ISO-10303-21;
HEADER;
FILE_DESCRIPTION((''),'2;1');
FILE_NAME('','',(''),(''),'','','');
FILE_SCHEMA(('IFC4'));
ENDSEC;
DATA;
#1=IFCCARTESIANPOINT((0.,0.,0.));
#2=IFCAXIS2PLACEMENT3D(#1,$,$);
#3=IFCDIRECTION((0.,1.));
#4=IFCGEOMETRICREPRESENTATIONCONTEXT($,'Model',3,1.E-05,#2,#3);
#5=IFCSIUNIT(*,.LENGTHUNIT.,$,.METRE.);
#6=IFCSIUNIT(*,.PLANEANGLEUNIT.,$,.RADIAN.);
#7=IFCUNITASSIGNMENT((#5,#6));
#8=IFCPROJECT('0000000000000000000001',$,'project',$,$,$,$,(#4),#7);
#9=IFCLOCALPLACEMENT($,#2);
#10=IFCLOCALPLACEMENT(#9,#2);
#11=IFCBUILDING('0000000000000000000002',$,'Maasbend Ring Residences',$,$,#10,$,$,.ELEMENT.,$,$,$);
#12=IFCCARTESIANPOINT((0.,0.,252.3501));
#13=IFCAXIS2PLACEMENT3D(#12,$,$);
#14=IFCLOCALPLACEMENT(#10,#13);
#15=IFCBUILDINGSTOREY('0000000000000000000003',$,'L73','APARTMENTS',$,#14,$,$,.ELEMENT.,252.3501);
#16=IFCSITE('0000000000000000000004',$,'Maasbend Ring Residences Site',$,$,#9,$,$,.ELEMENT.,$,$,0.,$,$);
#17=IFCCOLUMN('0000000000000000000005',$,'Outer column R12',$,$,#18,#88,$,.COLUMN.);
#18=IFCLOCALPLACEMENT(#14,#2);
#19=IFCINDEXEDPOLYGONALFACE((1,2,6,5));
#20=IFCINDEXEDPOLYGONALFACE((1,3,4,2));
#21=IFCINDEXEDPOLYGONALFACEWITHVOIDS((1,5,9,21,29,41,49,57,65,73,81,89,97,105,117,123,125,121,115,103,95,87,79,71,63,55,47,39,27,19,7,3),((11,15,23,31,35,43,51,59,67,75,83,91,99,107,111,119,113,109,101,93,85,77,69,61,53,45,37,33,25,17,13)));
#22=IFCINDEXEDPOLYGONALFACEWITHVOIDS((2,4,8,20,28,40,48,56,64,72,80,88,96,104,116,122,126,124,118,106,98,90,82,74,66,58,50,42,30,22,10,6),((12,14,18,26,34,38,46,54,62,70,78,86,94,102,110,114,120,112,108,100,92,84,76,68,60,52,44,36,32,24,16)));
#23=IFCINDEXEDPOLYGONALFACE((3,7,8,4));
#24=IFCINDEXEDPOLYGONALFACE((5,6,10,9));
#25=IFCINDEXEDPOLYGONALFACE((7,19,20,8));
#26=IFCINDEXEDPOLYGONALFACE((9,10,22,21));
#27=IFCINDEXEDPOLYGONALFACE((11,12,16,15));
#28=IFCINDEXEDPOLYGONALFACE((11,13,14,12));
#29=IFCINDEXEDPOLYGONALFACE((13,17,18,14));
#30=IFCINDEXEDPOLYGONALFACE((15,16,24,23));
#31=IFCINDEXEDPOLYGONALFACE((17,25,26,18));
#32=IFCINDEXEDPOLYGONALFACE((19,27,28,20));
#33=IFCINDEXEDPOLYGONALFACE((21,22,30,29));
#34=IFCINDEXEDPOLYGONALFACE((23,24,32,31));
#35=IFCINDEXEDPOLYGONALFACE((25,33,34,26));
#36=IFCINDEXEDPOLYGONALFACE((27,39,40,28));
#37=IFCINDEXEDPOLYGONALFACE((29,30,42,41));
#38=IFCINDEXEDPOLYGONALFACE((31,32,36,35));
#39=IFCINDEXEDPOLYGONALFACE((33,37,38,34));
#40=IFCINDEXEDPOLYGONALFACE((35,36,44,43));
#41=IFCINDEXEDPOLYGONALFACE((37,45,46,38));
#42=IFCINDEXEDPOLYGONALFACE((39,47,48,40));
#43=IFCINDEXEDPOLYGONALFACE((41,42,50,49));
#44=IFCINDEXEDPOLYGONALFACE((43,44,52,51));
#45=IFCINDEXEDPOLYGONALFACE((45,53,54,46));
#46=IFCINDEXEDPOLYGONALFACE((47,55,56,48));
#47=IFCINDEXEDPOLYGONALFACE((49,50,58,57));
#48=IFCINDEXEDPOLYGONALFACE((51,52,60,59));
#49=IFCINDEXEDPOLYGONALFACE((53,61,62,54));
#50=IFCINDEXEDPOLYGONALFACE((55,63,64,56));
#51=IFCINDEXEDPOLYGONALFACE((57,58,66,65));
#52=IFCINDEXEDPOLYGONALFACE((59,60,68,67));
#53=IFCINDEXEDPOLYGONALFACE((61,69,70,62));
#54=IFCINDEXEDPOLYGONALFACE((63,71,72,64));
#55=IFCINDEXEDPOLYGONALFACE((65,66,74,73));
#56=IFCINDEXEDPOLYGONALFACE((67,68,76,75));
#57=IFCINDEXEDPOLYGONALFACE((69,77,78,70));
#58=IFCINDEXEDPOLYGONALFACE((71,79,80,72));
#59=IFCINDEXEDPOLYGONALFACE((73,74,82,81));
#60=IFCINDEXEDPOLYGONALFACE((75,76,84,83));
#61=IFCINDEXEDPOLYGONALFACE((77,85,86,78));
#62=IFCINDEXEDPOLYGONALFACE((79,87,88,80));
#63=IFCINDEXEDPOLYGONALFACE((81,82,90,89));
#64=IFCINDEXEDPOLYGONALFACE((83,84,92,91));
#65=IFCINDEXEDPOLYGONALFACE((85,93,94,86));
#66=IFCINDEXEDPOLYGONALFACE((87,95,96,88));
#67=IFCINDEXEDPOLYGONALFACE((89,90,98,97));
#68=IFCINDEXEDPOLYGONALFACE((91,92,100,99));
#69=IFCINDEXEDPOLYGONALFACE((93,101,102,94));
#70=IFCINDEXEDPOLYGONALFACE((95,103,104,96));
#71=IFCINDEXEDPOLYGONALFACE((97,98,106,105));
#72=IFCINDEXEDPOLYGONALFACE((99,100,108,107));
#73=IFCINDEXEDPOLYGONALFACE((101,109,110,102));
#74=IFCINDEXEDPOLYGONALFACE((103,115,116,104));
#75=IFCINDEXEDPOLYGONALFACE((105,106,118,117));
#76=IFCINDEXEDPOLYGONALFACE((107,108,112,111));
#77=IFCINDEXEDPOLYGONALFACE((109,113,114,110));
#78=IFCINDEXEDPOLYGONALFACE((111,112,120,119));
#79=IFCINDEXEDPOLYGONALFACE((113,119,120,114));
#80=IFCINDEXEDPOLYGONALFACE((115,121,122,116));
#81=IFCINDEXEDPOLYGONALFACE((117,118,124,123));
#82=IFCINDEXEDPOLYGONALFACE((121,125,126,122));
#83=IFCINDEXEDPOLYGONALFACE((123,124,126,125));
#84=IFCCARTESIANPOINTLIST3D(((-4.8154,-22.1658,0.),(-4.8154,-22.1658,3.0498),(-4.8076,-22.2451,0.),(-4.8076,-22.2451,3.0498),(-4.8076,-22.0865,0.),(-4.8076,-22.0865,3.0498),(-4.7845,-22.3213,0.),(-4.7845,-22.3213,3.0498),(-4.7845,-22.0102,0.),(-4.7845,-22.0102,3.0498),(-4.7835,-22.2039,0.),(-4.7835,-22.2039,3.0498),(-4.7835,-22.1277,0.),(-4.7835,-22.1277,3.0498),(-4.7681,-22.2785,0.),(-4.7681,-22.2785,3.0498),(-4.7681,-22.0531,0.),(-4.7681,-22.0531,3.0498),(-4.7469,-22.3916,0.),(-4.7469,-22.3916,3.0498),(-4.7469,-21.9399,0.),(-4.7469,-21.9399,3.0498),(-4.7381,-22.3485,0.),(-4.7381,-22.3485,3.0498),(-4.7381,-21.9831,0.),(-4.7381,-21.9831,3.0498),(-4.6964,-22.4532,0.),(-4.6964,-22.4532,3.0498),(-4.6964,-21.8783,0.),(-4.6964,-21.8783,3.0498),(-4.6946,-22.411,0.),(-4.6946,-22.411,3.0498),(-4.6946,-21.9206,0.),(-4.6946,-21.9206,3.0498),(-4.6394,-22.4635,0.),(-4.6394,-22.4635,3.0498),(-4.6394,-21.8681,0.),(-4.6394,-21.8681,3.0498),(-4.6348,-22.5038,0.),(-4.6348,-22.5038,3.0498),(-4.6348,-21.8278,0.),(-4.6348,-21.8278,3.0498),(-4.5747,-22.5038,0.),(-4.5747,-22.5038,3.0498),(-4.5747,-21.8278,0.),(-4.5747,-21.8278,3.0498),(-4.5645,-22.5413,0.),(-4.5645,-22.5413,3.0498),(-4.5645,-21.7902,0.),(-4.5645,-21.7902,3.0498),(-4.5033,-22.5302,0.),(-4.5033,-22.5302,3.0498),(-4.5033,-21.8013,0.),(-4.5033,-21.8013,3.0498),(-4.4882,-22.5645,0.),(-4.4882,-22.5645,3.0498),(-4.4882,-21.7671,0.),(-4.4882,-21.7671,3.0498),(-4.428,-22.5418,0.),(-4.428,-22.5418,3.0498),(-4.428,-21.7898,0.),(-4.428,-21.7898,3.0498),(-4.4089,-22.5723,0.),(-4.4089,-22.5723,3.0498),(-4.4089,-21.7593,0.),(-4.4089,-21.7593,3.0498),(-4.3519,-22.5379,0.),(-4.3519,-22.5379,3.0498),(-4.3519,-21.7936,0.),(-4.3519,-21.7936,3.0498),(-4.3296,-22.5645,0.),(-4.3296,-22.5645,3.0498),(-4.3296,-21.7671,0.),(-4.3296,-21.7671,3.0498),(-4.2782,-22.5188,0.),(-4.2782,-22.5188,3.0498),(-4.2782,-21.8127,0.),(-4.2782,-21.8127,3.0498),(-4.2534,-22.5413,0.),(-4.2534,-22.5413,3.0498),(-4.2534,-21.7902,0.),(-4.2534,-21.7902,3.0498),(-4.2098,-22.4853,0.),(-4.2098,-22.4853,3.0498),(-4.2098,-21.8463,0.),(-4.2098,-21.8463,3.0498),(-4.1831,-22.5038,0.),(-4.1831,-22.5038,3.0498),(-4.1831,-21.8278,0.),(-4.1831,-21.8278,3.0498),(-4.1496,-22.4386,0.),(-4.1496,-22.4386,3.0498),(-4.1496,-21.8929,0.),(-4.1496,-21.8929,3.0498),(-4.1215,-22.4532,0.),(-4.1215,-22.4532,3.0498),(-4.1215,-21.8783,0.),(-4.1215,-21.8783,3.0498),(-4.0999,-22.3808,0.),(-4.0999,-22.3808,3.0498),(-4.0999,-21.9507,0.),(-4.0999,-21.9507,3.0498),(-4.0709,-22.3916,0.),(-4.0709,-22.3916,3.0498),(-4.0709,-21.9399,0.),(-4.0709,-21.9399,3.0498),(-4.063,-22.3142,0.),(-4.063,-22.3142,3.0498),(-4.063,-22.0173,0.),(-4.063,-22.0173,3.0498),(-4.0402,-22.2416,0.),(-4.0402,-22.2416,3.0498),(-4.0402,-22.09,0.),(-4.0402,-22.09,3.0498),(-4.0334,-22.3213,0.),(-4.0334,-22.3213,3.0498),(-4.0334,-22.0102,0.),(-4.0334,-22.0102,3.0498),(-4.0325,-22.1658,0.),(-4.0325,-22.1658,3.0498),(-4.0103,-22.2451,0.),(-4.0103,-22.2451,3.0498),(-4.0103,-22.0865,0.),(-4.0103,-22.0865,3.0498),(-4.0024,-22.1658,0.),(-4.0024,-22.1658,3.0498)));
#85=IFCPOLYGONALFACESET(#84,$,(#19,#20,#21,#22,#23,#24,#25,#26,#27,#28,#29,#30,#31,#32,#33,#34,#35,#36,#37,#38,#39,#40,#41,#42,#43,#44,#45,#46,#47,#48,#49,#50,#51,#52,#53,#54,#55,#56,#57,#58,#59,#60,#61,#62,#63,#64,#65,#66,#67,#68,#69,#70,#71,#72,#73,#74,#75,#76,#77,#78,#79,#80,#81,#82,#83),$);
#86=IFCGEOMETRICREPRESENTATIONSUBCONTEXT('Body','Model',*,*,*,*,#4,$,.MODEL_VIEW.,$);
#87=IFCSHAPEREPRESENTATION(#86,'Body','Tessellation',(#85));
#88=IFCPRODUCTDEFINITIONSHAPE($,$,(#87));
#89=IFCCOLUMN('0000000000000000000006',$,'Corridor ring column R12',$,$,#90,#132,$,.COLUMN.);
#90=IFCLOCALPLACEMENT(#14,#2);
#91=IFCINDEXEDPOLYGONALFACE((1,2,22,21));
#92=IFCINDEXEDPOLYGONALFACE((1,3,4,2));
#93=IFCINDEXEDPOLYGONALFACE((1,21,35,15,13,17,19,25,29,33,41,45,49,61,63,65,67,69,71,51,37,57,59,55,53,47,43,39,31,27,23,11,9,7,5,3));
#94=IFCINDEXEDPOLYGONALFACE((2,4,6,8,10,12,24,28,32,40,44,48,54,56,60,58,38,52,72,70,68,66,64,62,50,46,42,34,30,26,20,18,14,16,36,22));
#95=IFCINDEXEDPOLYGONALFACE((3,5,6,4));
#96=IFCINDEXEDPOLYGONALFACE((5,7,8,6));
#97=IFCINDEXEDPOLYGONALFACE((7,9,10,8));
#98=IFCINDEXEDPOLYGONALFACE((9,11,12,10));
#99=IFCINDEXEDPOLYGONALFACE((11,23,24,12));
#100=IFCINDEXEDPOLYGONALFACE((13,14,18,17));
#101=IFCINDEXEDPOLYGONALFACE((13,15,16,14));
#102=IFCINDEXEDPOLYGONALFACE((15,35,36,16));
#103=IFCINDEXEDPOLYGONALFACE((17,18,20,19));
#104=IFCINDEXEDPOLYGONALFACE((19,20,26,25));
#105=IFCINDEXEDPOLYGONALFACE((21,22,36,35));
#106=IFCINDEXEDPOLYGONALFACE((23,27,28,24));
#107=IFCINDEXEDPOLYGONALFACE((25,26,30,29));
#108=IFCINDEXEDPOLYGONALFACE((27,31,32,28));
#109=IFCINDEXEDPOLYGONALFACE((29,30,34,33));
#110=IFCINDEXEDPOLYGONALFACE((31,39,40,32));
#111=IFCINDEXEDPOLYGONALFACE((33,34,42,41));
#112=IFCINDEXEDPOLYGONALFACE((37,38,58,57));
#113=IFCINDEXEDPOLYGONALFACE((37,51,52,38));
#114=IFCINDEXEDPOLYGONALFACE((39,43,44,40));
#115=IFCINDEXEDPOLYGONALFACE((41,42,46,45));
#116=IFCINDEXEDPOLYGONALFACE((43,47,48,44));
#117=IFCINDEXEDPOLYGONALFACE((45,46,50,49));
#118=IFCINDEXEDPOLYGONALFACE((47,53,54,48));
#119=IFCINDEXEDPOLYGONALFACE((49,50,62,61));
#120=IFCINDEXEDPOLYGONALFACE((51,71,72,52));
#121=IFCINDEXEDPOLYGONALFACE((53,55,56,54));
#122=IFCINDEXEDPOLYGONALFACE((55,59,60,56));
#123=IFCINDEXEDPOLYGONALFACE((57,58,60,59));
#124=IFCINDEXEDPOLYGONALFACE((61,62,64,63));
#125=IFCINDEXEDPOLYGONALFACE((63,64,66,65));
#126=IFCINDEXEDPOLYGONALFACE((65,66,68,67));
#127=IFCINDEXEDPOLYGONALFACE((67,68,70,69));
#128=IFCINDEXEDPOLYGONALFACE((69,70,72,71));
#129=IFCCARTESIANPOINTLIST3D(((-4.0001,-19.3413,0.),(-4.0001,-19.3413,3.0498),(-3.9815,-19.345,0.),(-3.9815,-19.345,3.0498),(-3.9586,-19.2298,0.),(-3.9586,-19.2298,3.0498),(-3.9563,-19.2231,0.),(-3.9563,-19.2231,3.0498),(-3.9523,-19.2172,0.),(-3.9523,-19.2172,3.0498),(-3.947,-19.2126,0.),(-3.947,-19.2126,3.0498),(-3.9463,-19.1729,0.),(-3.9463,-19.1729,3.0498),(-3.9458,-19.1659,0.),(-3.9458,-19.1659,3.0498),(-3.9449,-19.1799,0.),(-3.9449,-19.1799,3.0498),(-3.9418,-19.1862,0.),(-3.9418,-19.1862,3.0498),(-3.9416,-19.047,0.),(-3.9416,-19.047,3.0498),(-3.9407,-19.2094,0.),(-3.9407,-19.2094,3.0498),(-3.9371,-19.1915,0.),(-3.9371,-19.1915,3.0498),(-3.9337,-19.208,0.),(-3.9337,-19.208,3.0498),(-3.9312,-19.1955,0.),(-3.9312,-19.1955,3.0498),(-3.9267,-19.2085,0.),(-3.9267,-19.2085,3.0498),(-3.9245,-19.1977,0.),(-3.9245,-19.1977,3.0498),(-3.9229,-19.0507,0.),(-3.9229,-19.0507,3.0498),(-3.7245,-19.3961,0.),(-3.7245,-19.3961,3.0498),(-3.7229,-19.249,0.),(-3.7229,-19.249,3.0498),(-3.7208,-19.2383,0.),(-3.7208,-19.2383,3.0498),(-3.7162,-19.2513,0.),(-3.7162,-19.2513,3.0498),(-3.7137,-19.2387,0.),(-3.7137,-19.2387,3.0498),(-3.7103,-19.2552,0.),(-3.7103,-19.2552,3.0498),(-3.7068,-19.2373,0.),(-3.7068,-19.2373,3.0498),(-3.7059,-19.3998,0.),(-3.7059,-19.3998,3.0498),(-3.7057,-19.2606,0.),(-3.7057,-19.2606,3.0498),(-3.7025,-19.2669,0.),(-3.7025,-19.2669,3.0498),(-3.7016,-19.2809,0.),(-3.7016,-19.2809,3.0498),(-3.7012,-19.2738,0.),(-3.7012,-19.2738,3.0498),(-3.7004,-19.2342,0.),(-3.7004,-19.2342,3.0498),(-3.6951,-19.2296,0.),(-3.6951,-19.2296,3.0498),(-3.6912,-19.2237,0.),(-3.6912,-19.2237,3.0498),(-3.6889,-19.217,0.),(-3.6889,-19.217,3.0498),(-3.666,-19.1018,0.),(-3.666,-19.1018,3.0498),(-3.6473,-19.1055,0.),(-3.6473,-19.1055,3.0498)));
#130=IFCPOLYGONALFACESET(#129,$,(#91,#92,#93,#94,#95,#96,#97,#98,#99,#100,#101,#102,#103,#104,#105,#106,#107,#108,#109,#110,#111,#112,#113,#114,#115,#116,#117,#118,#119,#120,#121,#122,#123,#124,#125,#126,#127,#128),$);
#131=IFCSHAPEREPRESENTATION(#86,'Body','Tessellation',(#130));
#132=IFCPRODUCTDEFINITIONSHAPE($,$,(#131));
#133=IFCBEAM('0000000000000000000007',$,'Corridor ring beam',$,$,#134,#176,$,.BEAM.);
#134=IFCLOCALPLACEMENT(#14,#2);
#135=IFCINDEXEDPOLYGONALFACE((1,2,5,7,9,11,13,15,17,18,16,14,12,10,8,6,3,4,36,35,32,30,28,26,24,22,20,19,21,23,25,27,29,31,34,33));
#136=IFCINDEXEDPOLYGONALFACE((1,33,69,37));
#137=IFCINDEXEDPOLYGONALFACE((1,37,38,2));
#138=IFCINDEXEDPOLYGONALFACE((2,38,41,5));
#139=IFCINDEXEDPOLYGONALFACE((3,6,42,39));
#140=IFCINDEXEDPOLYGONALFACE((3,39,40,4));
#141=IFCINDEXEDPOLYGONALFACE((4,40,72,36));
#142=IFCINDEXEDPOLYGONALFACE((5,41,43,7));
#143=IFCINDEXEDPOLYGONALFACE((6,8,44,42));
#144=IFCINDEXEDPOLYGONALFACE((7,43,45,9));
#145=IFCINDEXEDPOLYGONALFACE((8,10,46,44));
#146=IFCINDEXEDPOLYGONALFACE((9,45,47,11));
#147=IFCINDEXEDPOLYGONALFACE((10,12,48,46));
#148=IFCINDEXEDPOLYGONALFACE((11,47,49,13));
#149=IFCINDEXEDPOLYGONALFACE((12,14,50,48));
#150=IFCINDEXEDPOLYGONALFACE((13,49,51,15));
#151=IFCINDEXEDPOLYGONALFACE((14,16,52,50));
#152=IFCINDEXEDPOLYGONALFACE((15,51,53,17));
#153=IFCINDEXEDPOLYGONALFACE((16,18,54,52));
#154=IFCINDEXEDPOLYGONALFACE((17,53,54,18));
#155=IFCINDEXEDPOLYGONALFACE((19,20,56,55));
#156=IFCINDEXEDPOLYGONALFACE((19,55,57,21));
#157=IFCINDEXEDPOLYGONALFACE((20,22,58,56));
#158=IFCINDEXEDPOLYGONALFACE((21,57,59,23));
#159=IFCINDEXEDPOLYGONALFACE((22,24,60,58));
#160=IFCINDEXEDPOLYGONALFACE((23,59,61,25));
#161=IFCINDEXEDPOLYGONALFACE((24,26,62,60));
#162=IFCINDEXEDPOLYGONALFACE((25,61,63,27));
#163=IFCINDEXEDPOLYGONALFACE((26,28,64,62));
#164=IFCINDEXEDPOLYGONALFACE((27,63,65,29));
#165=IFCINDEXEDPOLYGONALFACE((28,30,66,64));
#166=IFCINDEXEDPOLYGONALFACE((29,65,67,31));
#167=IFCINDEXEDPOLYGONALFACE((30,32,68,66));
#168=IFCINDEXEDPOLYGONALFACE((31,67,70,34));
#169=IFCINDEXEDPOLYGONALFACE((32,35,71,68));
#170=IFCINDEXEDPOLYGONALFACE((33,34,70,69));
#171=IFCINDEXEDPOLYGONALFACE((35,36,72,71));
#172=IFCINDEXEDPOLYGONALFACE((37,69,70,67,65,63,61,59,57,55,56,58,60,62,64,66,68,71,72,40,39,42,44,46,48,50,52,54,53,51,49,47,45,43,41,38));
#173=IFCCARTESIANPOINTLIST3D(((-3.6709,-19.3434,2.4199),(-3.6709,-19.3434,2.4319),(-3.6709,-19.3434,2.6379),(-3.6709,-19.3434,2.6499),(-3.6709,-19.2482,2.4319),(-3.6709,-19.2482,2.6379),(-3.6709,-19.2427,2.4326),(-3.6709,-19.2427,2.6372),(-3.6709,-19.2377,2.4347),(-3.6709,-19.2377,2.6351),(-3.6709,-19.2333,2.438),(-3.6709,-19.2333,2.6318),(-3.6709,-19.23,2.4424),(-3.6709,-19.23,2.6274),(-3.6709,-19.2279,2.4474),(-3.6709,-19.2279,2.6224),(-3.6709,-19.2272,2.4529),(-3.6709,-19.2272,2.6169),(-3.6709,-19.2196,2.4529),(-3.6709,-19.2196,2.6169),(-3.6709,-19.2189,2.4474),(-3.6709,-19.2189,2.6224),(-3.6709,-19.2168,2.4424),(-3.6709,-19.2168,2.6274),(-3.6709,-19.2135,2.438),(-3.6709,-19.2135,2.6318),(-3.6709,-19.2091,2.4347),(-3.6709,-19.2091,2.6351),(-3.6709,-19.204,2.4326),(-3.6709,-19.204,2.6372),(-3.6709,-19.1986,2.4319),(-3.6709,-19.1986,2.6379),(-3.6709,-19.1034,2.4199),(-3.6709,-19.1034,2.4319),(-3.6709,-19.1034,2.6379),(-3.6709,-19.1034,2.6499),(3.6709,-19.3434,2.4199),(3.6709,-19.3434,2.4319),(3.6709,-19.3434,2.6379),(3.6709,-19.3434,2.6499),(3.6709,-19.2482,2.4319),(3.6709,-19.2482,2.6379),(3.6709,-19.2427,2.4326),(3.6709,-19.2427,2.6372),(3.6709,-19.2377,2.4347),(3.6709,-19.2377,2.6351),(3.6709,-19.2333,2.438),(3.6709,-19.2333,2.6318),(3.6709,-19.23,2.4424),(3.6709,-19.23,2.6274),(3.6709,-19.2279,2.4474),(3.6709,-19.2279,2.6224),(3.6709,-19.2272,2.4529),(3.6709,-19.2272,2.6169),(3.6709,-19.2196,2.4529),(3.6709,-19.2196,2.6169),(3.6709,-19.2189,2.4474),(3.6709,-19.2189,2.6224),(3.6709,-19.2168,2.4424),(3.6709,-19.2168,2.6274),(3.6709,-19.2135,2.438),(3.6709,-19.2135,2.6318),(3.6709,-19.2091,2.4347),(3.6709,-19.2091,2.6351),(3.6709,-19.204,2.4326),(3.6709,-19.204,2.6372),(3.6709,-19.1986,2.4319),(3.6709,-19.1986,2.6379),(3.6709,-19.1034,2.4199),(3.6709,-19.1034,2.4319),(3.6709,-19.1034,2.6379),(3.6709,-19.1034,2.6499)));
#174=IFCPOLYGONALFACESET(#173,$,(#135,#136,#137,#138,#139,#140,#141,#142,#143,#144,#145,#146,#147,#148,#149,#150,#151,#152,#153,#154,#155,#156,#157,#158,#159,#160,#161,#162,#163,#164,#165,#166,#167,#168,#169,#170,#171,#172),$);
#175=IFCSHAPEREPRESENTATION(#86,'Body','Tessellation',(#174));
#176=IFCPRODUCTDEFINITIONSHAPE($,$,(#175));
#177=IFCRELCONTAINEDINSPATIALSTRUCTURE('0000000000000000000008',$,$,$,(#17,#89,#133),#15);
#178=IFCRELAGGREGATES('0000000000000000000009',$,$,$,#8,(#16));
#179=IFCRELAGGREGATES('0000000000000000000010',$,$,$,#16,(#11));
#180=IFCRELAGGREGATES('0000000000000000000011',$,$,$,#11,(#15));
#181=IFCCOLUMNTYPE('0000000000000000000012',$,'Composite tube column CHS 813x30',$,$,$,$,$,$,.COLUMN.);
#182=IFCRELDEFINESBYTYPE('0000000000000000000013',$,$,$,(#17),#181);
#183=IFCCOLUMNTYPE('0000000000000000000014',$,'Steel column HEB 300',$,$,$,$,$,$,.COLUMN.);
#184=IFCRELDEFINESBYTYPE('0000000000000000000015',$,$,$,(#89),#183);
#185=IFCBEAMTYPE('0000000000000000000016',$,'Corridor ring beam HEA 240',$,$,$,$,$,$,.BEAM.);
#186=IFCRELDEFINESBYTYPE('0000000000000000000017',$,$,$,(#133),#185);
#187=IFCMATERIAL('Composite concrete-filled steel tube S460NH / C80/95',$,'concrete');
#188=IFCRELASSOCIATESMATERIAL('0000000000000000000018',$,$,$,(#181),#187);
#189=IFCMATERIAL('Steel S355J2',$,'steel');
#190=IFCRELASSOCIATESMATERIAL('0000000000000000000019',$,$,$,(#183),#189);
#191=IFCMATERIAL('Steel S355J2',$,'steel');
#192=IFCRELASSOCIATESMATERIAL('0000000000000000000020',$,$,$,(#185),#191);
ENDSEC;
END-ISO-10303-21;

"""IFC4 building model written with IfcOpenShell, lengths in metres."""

from ifc_helpers import new_model, si_unit, direction, frame, origin, origin_2d, place, context, subcontext, project, spatial, hollow_circle, i_section, extrude, material, material_profile, profile_set, type_object, element, save


model = new_model("IFC4")

# Units and contexts
model_context = context("Model", 3, precision=1e-05, world=origin(), true_north=direction((0.0, 1.0)))
body_context = subcontext(model_context, "Body", "Model", "MODEL_VIEW")
ifc_project = project(units=[si_unit("LENGTHUNIT", "METRE"), si_unit("PLANEANGLEUNIT", "RADIAN")], contexts=[model_context])

# Site, building, storey
site_placement = place(None, origin())
site = spatial("IfcSite", under=ifc_project, at=site_placement, Name="Maasbend Ring Residences Site", CompositionType="ELEMENT", RefElevation=0.0)
building_placement = place(site_placement, origin())
building = spatial("IfcBuilding", under=site, at=building_placement, Name="Maasbend Ring Residences", CompositionType="ELEMENT")
storey_placement = place(building_placement, frame((0.0, 0.0, 252.3501)))
storey = spatial("IfcBuildingStorey", under=building, at=storey_placement, Name="L73", Description="APARTMENTS", CompositionType="ELEMENT", Elevation=252.3501)

# Columns
ifc_material_1 = material(Name="Composite concrete-filled steel tube S460NH / C80/95", Category="concrete")
ifc_material_profile_1 = material_profile(ifc_material_1, hollow_circle(Radius=0.4065, WallThickness=0.03, at=origin_2d()), Name="Composite tube column CHS 813x30")
ifc_profile_set_1 = profile_set([ifc_material_profile_1], Name="Composite concrete-filled steel tube S460NH / C80/95")
column_type_1 = type_object("IfcColumnType", Name="Composite tube column CHS 813x30", PredefinedType="COLUMN", material=ifc_profile_set_1)
column_1_placement = place(storey_placement, frame((-4.4089, -22.1658, 0.0), z_axis=(0.0, 0.0, 1.0), x_axis=(1.0, 0.0, 0.0)))
element("IfcColumn", 1, at=column_1_placement, inside=storey, type_object=column_type_1, Name="Outer column R12", PredefinedType="COLUMN", context=body_context, shape_type="SweptSolid", body=[
    extrude(hollow_circle(Radius=0.4065, WallThickness=0.03, at=origin_2d()), origin(), (0.0, 0.0, 1.0), 3.0498),
])
ifc_material_2 = material(Name="Steel S355J2", Category="steel")
ifc_material_profile_2 = material_profile(ifc_material_2, i_section(OverallWidth=0.3, OverallDepth=0.3, WebThickness=0.011, FlangeThickness=0.019, FilletRadius=0.0271, at=origin_2d()), Name="HEB 300")
ifc_profile_set_2 = profile_set([ifc_material_profile_2], Name="Steel S355J2")
column_type_2 = type_object("IfcColumnType", Name="Steel column HEB 300", PredefinedType="COLUMN", material=ifc_profile_set_2)
column_2_placement = place(storey_placement, frame((-3.8237, -19.2234, 0.0), z_axis=(0.0, 0.0, 1.0), x_axis=(-0.19509, -0.980785, 0.0)))
element("IfcColumn", 2, at=column_2_placement, inside=storey, type_object=column_type_2, Name="Corridor ring column R12", PredefinedType="COLUMN", context=body_context, shape_type="SweptSolid", body=[
    extrude(i_section(OverallWidth=0.3, OverallDepth=0.3, WebThickness=0.011, FlangeThickness=0.019, FilletRadius=0.0271, at=origin_2d()), origin(), (0.0, 0.0, 1.0), 3.0498),
])

# Beam
ifc_material_3 = material(Name="Steel S355J2", Category="steel")
ifc_material_profile_3 = material_profile(ifc_material_3, i_section(OverallWidth=0.24, OverallDepth=0.23, WebThickness=0.0076, FlangeThickness=0.012, FilletRadius=0.021, at=origin_2d()), Name="HEA 240")
ifc_profile_set_3 = profile_set([ifc_material_profile_3], Name="Steel S355J2")
beam_type_1 = type_object("IfcBeamType", Name="Corridor ring beam HEA 240", PredefinedType="BEAM", material=ifc_profile_set_3)
beam_1_placement = place(storey_placement, frame((-3.6709, -19.2234, 2.5349), z_axis=(1.0, 0.0, 0.0), x_axis=(0.0, 1.0, 0.0)))
element("IfcBeam", 3, at=beam_1_placement, inside=storey, type_object=beam_type_1, Name="Corridor ring beam", PredefinedType="BEAM", context=body_context, shape_type="SweptSolid", body=[
    extrude(i_section(OverallWidth=0.24, OverallDepth=0.23, WebThickness=0.0076, FlangeThickness=0.012, FilletRadius=0.021, at=origin_2d()), origin(), (0.0, 0.0, 1.0), 7.3418),
])

save(model, "model.ifc")
